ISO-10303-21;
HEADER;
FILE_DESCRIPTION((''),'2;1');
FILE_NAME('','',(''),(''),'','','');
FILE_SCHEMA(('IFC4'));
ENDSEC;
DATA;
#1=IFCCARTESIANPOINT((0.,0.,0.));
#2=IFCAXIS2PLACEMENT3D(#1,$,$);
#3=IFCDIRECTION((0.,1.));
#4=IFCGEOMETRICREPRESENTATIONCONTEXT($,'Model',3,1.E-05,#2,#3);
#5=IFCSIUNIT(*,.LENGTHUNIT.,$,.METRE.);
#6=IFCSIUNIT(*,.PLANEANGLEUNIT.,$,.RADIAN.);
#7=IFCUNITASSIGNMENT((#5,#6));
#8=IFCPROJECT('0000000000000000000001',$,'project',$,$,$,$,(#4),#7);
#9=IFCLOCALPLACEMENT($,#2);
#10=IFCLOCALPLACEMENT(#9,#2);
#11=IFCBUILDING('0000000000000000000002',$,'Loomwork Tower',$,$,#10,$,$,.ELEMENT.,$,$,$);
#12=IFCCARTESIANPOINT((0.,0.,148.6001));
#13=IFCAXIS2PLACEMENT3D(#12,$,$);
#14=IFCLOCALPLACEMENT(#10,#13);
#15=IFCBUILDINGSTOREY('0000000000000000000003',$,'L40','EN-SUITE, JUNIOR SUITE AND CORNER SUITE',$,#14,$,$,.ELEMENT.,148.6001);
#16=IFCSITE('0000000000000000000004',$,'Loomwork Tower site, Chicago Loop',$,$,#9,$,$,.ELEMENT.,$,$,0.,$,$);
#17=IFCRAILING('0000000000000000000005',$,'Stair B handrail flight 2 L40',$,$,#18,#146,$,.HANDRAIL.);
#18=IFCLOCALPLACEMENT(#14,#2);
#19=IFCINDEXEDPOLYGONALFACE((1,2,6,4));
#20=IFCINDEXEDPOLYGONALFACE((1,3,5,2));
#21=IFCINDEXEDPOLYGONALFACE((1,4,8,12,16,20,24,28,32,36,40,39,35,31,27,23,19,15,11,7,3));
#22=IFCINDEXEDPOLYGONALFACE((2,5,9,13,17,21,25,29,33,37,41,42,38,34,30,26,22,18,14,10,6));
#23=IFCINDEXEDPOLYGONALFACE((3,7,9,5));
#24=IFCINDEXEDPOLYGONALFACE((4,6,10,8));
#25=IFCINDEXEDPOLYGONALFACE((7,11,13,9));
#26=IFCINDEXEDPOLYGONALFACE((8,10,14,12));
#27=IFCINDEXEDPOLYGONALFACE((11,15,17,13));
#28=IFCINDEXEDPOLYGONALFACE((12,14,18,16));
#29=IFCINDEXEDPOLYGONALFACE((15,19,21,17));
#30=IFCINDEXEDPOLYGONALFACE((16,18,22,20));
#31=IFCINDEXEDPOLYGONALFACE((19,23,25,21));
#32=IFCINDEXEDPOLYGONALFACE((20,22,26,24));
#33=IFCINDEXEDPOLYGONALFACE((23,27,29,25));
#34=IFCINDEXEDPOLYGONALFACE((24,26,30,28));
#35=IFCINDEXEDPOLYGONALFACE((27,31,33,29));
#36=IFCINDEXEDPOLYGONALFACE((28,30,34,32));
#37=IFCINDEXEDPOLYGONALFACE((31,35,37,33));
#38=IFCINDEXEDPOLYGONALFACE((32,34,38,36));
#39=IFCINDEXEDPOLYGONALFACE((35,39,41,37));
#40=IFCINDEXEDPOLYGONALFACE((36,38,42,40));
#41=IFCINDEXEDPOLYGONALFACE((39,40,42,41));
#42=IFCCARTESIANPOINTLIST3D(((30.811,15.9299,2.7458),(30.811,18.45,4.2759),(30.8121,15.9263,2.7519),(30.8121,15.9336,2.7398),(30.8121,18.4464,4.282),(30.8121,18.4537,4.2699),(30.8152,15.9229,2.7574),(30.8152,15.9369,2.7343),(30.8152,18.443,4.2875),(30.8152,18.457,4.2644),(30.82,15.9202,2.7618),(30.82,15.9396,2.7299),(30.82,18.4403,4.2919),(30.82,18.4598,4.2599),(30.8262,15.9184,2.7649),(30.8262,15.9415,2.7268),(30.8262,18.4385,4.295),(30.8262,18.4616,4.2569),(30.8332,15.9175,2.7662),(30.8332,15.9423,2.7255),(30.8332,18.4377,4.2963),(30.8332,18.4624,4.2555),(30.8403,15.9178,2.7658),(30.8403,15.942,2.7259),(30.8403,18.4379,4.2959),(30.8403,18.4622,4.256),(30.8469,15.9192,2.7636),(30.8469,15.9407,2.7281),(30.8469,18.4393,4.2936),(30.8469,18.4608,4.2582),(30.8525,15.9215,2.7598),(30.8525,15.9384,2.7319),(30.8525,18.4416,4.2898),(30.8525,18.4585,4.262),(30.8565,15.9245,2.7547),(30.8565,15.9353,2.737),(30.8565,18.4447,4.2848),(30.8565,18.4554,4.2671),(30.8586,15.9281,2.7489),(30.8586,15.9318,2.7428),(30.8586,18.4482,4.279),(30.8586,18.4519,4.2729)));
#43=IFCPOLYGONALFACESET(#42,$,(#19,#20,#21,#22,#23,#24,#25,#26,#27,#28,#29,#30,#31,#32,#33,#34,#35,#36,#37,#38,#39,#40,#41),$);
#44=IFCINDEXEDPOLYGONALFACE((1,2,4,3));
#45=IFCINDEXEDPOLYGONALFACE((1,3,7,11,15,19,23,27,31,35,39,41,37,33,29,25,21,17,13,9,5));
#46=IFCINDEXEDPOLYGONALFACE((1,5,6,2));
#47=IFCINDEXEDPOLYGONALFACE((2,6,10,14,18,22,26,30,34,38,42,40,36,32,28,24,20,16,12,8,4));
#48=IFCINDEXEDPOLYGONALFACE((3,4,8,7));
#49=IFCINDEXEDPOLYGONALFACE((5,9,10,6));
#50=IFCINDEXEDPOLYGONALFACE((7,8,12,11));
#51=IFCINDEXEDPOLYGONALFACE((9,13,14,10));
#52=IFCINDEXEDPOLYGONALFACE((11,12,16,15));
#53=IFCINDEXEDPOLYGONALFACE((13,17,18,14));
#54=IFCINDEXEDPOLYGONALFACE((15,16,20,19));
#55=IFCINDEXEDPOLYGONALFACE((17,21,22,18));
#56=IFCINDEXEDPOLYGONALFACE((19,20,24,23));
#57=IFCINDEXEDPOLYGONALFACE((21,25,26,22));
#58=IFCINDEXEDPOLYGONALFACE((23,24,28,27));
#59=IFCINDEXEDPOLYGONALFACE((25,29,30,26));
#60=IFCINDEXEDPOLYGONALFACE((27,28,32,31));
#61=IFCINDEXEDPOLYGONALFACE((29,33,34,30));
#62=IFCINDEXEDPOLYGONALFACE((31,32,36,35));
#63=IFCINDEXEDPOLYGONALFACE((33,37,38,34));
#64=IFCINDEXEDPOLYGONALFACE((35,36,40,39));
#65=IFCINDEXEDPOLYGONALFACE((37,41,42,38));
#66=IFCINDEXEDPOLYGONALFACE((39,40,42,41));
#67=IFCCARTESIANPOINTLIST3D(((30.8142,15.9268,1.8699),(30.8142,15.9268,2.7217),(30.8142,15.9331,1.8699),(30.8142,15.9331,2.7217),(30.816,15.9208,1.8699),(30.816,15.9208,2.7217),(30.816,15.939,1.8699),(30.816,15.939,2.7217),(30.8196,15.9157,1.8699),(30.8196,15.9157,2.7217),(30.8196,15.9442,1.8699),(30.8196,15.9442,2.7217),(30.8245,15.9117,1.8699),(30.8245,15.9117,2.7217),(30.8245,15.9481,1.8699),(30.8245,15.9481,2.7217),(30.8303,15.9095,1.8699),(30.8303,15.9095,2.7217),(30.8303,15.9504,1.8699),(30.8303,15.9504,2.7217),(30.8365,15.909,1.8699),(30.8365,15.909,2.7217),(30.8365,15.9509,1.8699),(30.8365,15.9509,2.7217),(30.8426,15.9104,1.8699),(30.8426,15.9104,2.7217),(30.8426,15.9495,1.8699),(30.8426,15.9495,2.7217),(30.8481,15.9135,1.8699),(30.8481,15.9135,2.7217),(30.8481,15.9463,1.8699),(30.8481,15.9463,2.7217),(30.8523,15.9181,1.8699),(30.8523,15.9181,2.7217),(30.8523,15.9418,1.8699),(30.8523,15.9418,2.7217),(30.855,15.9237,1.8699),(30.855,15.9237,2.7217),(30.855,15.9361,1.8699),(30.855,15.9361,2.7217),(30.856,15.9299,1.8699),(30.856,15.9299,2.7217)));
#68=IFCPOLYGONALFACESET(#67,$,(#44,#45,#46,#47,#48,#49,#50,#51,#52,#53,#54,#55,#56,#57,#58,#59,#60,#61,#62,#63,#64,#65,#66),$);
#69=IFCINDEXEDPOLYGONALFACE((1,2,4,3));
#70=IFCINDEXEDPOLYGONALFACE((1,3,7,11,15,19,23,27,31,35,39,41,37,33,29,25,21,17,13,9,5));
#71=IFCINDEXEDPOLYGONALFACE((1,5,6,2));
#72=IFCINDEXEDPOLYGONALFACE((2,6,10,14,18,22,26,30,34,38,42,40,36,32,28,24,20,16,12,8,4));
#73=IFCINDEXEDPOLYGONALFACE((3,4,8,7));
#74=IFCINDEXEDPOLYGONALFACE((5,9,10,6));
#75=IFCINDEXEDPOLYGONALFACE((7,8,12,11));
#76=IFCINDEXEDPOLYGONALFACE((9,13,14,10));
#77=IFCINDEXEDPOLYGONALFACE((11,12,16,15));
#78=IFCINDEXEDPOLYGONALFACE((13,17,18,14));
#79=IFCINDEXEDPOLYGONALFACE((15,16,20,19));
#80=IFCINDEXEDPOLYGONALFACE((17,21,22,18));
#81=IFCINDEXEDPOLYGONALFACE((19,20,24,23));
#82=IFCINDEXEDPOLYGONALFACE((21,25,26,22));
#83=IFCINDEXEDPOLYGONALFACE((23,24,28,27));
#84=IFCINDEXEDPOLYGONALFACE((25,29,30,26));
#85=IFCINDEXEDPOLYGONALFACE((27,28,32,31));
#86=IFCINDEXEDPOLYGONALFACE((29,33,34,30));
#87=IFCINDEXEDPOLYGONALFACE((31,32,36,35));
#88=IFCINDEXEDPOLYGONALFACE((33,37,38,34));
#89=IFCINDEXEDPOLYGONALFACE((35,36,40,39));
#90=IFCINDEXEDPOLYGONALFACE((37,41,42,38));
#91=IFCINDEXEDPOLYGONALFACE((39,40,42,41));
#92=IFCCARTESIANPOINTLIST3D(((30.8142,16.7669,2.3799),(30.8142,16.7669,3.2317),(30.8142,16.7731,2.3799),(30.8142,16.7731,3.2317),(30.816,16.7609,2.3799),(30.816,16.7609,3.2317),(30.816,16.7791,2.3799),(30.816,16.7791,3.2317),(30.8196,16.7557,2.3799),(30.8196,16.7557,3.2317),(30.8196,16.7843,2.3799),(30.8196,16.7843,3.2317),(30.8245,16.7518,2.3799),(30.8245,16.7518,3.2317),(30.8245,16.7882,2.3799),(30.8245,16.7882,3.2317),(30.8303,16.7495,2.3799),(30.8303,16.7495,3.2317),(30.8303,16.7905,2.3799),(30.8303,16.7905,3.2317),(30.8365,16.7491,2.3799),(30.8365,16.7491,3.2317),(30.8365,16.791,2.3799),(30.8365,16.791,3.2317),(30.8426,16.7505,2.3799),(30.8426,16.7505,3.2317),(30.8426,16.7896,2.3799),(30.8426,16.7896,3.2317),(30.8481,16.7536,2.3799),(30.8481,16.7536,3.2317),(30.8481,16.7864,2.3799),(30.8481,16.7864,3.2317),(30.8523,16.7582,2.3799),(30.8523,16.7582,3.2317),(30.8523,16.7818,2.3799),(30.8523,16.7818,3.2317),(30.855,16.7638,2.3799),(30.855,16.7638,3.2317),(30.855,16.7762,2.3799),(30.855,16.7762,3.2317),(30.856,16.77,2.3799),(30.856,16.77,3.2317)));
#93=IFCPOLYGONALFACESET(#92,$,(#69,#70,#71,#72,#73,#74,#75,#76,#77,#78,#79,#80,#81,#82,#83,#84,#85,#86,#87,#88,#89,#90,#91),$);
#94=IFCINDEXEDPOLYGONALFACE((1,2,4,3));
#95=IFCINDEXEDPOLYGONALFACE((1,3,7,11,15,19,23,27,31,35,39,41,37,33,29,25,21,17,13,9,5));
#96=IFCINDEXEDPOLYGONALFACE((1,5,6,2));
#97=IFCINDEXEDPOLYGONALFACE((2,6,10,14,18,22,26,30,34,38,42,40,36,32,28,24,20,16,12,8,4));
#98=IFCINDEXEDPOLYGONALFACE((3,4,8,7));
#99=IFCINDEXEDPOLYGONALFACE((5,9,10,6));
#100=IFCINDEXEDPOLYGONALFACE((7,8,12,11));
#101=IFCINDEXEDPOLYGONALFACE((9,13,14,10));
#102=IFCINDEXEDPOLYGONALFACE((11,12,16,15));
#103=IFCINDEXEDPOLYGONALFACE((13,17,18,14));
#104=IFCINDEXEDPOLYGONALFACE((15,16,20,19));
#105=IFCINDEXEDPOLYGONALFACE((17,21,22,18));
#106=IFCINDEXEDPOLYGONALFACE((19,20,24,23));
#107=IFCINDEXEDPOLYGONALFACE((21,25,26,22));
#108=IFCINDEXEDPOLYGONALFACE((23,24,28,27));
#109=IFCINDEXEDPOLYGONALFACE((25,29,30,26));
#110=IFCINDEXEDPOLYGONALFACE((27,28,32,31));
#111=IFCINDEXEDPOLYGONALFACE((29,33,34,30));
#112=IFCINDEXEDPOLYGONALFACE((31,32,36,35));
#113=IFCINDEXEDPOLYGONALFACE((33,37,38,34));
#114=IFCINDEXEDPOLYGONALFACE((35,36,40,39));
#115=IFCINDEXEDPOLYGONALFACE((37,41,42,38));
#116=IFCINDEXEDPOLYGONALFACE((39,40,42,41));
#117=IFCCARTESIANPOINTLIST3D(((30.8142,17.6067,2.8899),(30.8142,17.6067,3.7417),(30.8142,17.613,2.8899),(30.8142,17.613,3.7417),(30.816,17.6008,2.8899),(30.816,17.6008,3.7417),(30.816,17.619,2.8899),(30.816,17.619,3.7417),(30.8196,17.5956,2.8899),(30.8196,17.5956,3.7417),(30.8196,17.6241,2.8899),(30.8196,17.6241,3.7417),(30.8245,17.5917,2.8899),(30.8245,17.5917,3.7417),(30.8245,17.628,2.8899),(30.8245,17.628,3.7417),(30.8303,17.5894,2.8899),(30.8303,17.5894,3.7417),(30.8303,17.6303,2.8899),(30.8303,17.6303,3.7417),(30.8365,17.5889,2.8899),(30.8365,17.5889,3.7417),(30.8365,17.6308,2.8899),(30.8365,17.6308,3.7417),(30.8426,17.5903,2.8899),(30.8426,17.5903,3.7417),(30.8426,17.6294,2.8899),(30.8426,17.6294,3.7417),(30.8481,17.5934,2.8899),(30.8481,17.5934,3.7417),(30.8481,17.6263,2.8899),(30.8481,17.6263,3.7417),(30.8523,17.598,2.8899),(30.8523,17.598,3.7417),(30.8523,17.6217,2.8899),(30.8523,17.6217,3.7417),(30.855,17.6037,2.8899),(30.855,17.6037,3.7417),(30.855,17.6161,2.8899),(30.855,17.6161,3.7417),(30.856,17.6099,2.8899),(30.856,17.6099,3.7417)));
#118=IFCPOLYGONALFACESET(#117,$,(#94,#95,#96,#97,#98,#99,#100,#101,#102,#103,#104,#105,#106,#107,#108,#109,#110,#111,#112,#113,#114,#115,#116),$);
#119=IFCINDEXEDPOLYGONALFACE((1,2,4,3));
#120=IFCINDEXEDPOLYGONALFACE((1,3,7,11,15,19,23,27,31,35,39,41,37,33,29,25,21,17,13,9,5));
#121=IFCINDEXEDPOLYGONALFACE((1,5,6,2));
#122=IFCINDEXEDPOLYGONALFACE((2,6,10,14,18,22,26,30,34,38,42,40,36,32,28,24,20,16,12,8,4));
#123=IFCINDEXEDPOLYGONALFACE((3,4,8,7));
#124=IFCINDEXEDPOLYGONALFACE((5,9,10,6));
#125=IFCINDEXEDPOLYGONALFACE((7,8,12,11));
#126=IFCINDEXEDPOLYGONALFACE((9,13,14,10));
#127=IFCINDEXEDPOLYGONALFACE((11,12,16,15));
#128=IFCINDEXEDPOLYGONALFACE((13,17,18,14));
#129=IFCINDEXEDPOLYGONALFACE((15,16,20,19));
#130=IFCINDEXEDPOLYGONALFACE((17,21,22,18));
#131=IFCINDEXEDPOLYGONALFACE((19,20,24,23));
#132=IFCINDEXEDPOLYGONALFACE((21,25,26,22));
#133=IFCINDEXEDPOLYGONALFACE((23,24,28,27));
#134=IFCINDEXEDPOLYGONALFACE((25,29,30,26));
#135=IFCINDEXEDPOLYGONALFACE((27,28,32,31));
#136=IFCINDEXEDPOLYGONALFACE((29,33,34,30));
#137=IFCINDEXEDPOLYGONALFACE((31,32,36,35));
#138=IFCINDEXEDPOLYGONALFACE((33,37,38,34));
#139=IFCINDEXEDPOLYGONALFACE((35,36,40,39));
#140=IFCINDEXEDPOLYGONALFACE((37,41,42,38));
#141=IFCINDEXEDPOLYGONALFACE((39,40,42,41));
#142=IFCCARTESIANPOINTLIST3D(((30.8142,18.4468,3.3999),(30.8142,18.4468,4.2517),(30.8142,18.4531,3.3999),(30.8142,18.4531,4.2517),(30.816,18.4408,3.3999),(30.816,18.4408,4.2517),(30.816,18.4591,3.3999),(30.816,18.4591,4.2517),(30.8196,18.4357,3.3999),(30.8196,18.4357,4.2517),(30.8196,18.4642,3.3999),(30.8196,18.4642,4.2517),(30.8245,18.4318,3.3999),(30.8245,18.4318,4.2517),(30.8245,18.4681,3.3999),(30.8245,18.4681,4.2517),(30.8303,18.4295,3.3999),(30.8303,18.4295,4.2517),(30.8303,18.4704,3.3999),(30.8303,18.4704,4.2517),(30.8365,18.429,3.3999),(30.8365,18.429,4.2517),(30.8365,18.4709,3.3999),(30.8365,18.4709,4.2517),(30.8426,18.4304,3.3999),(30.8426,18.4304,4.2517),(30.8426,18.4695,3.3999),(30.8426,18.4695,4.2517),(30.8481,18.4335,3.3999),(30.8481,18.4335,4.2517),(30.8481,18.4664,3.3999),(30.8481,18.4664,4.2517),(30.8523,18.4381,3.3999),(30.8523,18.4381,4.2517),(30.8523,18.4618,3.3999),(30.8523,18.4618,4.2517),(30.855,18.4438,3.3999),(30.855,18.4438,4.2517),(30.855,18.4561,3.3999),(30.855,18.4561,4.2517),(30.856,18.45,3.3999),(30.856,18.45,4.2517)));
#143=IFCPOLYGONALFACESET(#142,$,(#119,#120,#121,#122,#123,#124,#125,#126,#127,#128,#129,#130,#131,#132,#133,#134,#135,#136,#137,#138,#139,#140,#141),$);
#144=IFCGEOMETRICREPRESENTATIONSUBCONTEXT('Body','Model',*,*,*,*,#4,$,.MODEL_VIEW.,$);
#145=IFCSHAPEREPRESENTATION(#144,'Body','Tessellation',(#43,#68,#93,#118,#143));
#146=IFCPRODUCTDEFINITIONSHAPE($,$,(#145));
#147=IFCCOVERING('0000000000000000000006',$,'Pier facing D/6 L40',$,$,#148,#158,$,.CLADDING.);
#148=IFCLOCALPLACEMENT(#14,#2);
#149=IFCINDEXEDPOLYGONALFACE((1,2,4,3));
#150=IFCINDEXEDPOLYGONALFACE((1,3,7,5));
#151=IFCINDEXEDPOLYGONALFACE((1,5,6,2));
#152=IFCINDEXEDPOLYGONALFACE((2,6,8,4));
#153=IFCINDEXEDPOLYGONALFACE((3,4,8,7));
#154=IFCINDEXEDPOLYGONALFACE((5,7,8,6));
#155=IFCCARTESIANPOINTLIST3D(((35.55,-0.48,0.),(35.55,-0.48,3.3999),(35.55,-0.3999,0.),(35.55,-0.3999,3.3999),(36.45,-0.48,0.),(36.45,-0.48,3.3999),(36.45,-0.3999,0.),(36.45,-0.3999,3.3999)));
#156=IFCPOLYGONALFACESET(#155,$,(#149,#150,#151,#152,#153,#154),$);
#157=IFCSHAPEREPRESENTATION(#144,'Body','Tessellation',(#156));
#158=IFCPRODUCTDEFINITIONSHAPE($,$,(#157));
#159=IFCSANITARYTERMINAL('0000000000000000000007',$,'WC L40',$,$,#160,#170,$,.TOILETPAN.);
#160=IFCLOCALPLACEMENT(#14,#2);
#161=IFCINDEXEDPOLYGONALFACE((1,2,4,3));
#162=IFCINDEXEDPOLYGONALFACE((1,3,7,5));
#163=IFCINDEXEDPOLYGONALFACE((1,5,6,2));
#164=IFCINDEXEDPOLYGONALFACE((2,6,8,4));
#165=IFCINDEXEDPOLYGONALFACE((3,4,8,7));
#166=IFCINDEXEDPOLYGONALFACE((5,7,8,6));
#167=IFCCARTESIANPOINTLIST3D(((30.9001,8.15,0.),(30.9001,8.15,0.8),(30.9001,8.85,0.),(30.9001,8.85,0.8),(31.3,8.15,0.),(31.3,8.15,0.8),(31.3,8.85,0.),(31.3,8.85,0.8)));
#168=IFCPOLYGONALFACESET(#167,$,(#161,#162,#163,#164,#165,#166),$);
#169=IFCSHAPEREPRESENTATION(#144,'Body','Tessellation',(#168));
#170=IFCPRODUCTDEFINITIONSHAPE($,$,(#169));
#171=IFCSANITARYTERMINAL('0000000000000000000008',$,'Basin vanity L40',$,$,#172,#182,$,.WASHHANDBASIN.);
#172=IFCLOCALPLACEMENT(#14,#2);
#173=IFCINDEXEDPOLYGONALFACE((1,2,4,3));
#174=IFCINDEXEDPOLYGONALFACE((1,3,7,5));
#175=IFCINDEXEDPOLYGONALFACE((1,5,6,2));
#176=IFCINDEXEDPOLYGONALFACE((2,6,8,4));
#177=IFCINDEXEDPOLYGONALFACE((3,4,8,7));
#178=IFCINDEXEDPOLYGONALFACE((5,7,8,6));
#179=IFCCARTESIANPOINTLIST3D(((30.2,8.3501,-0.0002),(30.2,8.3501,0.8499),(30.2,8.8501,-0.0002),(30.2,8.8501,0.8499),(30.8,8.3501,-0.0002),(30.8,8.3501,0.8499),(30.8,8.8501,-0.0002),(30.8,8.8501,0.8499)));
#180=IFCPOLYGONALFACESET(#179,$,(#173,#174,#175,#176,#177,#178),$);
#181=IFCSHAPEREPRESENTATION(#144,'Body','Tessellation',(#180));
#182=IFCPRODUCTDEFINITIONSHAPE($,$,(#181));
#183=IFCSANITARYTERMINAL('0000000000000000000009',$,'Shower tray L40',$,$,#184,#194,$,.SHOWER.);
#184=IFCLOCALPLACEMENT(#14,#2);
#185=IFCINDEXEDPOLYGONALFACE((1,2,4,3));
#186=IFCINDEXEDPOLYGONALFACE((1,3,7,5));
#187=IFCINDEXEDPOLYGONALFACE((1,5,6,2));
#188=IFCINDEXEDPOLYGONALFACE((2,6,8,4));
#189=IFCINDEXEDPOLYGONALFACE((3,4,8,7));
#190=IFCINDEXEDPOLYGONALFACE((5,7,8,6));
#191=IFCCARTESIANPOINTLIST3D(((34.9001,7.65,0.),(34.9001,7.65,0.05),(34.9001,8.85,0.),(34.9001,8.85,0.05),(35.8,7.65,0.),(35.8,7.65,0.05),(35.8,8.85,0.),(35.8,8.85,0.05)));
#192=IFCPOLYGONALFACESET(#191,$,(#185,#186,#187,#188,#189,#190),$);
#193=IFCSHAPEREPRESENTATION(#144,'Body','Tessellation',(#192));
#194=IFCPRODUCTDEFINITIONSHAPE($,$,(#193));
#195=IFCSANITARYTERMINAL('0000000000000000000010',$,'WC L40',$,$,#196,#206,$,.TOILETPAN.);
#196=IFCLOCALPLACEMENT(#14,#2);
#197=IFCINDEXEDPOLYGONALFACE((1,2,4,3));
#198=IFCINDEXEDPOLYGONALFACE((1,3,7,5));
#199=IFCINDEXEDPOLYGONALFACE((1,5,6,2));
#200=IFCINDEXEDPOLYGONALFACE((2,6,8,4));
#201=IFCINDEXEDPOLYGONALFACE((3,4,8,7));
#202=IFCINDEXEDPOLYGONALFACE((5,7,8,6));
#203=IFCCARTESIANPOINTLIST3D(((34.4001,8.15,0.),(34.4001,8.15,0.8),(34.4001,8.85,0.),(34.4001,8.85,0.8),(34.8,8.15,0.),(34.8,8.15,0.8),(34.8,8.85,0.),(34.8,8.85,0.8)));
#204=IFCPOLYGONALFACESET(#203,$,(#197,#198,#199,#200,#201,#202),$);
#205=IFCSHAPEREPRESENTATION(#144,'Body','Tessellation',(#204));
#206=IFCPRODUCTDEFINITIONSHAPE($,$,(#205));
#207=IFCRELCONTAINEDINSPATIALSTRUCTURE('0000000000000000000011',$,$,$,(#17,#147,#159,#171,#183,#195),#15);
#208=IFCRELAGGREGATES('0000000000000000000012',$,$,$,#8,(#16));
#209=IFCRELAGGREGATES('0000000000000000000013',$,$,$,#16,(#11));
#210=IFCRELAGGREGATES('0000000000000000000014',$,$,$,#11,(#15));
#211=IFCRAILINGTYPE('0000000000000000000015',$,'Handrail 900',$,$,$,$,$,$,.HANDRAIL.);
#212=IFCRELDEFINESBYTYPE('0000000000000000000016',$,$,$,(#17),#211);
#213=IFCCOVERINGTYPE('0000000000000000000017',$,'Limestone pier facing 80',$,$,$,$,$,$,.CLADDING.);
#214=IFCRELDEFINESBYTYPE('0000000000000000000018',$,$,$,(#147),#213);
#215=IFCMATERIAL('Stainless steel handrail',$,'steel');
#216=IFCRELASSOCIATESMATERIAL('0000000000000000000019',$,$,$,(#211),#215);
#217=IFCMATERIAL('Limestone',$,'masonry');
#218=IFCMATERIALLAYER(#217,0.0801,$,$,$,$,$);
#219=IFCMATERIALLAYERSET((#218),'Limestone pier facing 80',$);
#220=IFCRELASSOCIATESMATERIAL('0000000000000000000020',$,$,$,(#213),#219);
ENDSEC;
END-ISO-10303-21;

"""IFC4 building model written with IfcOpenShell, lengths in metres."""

from ifc_helpers import new_model, si_unit, direction, frame, origin, origin_2d, place, context, subcontext, project, spatial, rectangle, circle, extrude, material, layer, layer_set, type_object, element, save


model = new_model("IFC4")

# Units and contexts
model_context = context("Model", 3, precision=1e-05, world=origin(), true_north=direction((0.0, 1.0)))
body_context = subcontext(model_context, "Body", "Model", "MODEL_VIEW")
ifc_project = project(units=[si_unit("LENGTHUNIT", "METRE"), si_unit("PLANEANGLEUNIT", "RADIAN")], contexts=[model_context])

# Site, building, storey
site_placement = place(None, origin())
site = spatial("IfcSite", under=ifc_project, at=site_placement, Name="Loomwork Tower site, Chicago Loop", CompositionType="ELEMENT", RefElevation=0.0)
building_placement = place(site_placement, origin())
building = spatial("IfcBuilding", under=site, at=building_placement, Name="Loomwork Tower", CompositionType="ELEMENT")
storey_placement = place(building_placement, frame((0.0, 0.0, 148.6001)))
storey = spatial("IfcBuildingStorey", under=building, at=storey_placement, Name="L40", Description="EN-SUITE, JUNIOR SUITE AND CORNER SUITE", CompositionType="ELEMENT", Elevation=148.6001)

# Railing
ifc_material_1 = material(Name="Stainless steel handrail", Category="steel")
railing_type = type_object("IfcRailingType", Name="Handrail 900", PredefinedType="HANDRAIL", material=ifc_material_1)
railing_placement = place(storey_placement, frame((30.835, 15.9299, 1.8699)))
element("IfcRailing", 1, at=railing_placement, inside=storey, type_object=railing_type, Name="Stair B handrail flight 2 L40", PredefinedType="HANDRAIL", context=body_context, shape_type="SweptSolid", body=[
    extrude(circle(Radius=0.0239, at=origin_2d()), frame((0.0, 0.0, 0.876), z_axis=(0.0, 0.854785, 0.518982), x_axis=(-1.0, 0.0, 0.0)), (0.0, 0.0, 1.0), 2.9482),
    extrude(circle(Radius=0.021, at=origin_2d()), origin(), (0.0, 0.0, 1.0), 0.8518),
    extrude(circle(Radius=0.021, at=origin_2d()), frame((0.0, 0.8401, 0.51)), (0.0, 0.0, 1.0), 0.8518),
    extrude(circle(Radius=0.021, at=origin_2d()), frame((0.0, 1.6799, 1.02)), (0.0, 0.0, 1.0), 0.8518),
    extrude(circle(Radius=0.021, at=origin_2d()), frame((0.0, 2.52, 1.53)), (0.0, 0.0, 1.0), 0.8518),
])

# Covering
ifc_material_2 = material(Name="Limestone", Category="masonry")
ifc_layer_1 = layer(ifc_material_2, 0.0801)
ifc_layer_set_1 = layer_set([ifc_layer_1], Name="Limestone pier facing 80")
covering_type = type_object("IfcCoveringType", Name="Limestone pier facing 80", PredefinedType="CLADDING", material=ifc_layer_set_1)
covering_placement = place(storey_placement, frame((36.0, -0.4399, 0.0), z_axis=(0.0, 0.0, 1.0), x_axis=(1.0, 0.0, 0.0)))
element("IfcCovering", 2, at=covering_placement, inside=storey, type_object=covering_type, Name="Pier facing D/6 L40", PredefinedType="CLADDING", context=body_context, shape_type="SweptSolid", body=[
    extrude(rectangle(XDim=0.8999, YDim=0.0801, at=origin_2d()), origin(), (0.0, 0.0, 1.0), 3.3999),
])

# Sanitary terminals
sanitary_terminal_1_placement = place(storey_placement, frame((31.1001, 8.5, 0.0), z_axis=(0.0, 0.0, 1.0), x_axis=(1.0, 0.0, 0.0)))
element("IfcSanitaryTerminal", 3, at=sanitary_terminal_1_placement, inside=storey, Name="WC L40", PredefinedType="TOILETPAN", context=body_context, shape_type="SweptSolid", body=[
    extrude(rectangle(XDim=0.3999, YDim=0.7, at=origin_2d()), origin(), (0.0, 0.0, 1.0), 0.8),
])
sanitary_terminal_2_placement = place(storey_placement, frame((30.5, 8.6001, -0.0002), z_axis=(0.0, 0.0, 1.0), x_axis=(1.0, 0.0, 0.0)))
element("IfcSanitaryTerminal", 4, at=sanitary_terminal_2_placement, inside=storey, Name="Basin vanity L40", PredefinedType="WASHHANDBASIN", context=body_context, shape_type="SweptSolid", body=[
    extrude(rectangle(XDim=0.6001, YDim=0.5, at=origin_2d()), origin(), (0.0, 0.0, 1.0), 0.8501),
])
sanitary_terminal_3_placement = place(storey_placement, frame((35.3501, 8.25, 0.0), z_axis=(0.0, 0.0, 1.0), x_axis=(1.0, 0.0, 0.0)))
element("IfcSanitaryTerminal", 5, at=sanitary_terminal_3_placement, inside=storey, Name="Shower tray L40", PredefinedType="SHOWER", context=body_context, shape_type="SweptSolid", body=[
    extrude(rectangle(XDim=0.8999, YDim=1.2, at=origin_2d()), origin(), (0.0, 0.0, 1.0), 0.05),
])
sanitary_terminal_4_placement = place(storey_placement, frame((34.6001, 8.5, 0.0), z_axis=(0.0, 0.0, 1.0), x_axis=(1.0, 0.0, 0.0)))
element("IfcSanitaryTerminal", 6, at=sanitary_terminal_4_placement, inside=storey, Name="WC L40", PredefinedType="TOILETPAN", context=body_context, shape_type="SweptSolid", body=[
    extrude(rectangle(XDim=0.3999, YDim=0.7, at=origin_2d()), origin(), (0.0, 0.0, 1.0), 0.8),
])

save(model, "model.ifc")
